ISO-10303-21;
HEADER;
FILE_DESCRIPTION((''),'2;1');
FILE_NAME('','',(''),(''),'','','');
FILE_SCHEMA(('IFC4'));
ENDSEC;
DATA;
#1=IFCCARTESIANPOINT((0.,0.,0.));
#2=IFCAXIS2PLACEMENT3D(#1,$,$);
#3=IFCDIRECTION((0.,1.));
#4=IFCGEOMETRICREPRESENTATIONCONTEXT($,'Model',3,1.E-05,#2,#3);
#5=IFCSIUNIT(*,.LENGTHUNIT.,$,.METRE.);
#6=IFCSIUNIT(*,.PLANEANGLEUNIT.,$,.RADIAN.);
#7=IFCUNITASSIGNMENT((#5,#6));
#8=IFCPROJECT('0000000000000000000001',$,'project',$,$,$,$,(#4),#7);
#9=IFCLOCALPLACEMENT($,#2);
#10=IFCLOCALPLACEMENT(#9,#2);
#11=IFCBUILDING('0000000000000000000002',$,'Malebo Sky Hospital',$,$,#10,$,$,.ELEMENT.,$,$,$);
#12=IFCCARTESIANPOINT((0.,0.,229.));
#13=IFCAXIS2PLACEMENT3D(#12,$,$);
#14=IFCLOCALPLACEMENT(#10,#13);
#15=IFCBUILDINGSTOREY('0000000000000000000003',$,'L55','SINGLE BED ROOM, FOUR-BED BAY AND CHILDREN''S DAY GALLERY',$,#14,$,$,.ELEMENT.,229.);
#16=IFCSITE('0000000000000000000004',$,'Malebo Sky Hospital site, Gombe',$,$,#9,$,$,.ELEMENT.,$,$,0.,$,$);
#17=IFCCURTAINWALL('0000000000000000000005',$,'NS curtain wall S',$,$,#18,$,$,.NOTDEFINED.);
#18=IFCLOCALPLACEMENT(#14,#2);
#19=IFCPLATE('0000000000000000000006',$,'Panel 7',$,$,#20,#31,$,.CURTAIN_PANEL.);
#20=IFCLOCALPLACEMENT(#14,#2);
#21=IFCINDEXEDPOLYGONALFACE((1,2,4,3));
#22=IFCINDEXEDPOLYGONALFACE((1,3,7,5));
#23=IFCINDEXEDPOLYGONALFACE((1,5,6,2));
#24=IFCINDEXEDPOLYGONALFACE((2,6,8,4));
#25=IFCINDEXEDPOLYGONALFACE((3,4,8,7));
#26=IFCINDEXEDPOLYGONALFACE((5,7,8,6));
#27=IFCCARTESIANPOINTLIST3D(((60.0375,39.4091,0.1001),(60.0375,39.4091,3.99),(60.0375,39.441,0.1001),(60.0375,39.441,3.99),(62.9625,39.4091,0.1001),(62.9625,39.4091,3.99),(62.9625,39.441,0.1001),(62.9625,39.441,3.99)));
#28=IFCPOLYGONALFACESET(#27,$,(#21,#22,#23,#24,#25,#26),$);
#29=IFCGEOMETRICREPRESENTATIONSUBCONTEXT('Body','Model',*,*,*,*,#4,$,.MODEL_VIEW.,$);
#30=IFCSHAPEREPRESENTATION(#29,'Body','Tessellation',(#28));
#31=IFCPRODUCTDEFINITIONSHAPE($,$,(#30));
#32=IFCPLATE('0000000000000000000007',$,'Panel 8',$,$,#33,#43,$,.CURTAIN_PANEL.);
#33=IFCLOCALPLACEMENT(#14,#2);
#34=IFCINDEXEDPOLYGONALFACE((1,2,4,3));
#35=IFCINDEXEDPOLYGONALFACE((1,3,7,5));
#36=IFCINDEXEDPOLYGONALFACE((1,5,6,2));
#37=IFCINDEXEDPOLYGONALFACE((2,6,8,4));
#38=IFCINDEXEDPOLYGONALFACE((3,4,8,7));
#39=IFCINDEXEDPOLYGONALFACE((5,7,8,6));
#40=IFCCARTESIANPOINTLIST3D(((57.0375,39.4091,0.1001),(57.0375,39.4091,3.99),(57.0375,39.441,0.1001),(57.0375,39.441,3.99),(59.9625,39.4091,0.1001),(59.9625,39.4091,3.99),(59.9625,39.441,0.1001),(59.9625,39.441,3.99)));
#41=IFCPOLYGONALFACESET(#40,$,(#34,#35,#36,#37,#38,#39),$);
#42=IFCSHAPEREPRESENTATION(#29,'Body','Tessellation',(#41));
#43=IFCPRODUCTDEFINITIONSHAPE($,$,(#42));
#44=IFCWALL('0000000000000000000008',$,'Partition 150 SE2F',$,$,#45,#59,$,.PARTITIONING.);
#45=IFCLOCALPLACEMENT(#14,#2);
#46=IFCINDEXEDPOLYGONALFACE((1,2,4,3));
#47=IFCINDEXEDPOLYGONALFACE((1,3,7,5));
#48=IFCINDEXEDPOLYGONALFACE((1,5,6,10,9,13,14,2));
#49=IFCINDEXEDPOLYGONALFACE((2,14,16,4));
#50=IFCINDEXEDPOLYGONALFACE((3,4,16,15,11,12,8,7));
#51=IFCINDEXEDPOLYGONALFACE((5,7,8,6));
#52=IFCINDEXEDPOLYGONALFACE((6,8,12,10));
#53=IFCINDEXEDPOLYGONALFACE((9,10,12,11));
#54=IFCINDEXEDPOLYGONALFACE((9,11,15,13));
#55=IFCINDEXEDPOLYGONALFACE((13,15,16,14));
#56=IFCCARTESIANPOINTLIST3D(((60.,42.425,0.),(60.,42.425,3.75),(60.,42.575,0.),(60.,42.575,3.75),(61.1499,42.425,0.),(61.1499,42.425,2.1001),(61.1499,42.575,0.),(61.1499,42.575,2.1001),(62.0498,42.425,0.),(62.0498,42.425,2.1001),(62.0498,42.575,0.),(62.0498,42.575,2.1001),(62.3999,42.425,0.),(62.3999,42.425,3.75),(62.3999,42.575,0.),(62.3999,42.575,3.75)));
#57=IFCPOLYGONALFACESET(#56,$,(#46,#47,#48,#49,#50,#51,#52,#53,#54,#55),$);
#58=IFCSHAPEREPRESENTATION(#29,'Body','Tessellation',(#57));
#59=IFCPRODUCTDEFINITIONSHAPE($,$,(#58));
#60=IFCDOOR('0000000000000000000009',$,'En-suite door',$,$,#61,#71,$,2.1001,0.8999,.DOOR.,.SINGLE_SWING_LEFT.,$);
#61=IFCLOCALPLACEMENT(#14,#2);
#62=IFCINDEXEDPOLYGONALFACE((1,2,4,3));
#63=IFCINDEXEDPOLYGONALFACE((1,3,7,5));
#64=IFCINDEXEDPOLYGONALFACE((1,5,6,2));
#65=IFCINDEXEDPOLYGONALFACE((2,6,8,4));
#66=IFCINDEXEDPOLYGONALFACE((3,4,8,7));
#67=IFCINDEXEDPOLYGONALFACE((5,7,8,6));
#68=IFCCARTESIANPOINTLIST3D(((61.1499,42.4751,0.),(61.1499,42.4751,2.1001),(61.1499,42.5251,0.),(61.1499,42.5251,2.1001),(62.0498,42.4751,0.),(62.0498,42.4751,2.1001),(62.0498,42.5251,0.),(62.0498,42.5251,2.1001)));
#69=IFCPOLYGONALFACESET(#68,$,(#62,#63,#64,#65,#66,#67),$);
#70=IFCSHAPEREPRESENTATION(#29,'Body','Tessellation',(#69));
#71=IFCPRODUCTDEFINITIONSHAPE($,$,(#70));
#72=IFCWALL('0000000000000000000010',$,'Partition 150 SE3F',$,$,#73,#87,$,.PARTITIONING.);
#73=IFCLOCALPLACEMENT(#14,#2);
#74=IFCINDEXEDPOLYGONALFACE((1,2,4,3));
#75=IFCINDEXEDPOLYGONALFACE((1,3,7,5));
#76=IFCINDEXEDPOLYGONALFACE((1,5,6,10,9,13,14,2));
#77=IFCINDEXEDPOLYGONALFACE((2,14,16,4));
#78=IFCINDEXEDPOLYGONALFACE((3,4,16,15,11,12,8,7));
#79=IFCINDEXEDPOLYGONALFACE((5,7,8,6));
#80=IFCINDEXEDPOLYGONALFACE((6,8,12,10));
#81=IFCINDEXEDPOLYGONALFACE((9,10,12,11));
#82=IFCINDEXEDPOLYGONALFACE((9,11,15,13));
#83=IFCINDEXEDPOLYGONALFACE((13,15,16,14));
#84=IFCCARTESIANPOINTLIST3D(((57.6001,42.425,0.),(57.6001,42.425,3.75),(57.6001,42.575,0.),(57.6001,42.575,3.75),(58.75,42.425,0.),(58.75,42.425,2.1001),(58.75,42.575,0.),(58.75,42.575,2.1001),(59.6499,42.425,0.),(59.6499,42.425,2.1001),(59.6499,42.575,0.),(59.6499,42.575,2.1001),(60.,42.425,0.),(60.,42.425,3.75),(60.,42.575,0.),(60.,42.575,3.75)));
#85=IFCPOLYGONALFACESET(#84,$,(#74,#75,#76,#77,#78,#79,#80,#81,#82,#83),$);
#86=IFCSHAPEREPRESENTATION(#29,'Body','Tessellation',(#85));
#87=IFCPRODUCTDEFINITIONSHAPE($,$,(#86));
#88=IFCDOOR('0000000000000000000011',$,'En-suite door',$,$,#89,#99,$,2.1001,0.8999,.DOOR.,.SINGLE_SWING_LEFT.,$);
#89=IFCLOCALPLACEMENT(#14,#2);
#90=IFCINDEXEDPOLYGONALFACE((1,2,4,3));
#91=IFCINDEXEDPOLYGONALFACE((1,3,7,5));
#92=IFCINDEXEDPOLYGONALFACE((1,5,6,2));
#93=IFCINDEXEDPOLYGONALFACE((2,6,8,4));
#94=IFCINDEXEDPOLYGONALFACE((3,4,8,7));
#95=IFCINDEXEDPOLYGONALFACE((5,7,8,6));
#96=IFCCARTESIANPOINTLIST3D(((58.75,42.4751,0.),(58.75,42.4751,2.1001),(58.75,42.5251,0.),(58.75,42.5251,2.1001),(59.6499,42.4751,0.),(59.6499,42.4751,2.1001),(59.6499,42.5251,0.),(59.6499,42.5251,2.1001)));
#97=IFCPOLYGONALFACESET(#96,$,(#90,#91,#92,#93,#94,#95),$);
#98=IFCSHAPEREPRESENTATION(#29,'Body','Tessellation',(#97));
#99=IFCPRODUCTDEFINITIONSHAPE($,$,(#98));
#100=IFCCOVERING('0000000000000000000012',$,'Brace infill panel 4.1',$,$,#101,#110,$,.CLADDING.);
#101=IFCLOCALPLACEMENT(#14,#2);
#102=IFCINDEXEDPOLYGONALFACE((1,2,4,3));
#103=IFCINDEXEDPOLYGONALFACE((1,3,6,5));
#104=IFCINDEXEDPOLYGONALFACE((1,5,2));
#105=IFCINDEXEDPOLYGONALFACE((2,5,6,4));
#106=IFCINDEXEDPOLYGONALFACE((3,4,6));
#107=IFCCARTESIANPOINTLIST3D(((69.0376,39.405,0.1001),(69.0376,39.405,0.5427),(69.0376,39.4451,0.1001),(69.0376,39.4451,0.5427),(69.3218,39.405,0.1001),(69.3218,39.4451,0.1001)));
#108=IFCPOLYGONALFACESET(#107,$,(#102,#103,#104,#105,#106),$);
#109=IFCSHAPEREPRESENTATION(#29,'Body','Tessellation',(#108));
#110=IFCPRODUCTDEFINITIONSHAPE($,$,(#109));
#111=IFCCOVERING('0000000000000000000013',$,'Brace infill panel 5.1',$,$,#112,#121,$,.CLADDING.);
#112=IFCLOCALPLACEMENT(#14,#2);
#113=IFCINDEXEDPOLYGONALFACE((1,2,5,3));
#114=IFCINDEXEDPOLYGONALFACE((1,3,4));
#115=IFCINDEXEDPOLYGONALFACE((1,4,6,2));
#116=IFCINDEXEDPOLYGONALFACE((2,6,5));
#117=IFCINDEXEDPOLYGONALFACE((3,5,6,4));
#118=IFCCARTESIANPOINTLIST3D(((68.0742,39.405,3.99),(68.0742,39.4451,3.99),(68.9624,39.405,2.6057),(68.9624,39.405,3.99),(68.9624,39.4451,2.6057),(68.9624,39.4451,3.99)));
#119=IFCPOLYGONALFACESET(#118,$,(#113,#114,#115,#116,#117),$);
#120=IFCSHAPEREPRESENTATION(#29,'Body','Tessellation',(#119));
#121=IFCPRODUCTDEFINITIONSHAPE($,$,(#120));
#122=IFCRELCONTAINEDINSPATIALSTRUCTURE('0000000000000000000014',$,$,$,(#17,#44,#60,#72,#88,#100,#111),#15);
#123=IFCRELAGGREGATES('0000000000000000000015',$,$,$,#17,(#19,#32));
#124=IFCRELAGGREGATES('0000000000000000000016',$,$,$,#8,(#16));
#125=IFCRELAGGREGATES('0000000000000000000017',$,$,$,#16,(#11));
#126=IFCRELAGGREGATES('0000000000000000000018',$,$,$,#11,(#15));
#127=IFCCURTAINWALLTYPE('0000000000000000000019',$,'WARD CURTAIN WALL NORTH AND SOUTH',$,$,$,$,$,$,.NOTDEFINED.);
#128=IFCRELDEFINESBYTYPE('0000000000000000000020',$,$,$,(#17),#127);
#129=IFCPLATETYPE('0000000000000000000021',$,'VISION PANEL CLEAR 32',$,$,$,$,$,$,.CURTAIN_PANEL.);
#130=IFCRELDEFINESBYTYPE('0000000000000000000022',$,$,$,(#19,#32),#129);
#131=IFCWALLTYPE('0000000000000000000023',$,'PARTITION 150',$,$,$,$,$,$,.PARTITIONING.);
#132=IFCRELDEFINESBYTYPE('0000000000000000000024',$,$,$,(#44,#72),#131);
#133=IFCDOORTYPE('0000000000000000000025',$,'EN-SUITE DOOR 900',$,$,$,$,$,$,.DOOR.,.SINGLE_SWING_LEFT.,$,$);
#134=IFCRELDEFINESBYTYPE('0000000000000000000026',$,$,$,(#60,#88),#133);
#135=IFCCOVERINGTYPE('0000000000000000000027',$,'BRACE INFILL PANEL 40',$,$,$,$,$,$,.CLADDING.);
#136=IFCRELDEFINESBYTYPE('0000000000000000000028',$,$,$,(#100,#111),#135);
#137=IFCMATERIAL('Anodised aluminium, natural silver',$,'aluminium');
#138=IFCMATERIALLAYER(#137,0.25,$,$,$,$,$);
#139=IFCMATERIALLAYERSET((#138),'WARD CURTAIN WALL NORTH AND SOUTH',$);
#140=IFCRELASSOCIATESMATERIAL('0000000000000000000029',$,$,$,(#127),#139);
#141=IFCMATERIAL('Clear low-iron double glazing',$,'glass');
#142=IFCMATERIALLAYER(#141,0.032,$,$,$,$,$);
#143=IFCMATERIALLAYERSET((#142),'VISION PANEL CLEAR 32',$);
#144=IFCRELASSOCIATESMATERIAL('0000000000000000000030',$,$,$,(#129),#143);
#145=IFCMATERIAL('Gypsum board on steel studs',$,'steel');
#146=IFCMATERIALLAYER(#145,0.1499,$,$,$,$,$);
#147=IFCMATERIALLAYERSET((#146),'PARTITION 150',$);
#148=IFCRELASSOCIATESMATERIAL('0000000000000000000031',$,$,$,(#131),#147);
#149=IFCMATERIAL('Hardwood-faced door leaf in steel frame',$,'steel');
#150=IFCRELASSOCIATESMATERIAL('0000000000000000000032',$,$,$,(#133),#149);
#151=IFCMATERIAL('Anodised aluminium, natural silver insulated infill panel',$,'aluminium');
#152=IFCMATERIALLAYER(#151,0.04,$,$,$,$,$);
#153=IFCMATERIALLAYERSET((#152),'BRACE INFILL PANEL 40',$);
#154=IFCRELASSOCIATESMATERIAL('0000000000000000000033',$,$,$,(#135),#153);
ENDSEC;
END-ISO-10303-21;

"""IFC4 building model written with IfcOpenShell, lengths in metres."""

from ifc_helpers import new_model, si_unit, direction, frame, frame_2d, origin, origin_2d, place, context, subcontext, project, spatial, polyline, rectangle, outline, extrude, material, layer, layer_set, type_object, element, fill, aggregate, save


model = new_model("IFC4")

# Units and contexts
model_context = context("Model", 3, precision=1e-05, world=origin(), true_north=direction((0.0, 1.0)))
body_context = subcontext(model_context, "Body", "Model", "MODEL_VIEW")
ifc_project = project(units=[si_unit("LENGTHUNIT", "METRE"), si_unit("PLANEANGLEUNIT", "RADIAN")], contexts=[model_context])

# Site, building, storey
site_placement = place(None, origin())
site = spatial("IfcSite", under=ifc_project, at=site_placement, Name="Malebo Sky Hospital site, Gombe", CompositionType="ELEMENT", RefElevation=0.0)
building_placement = place(site_placement, origin())
building = spatial("IfcBuilding", under=site, at=building_placement, Name="Malebo Sky Hospital", CompositionType="ELEMENT")
storey_placement = place(building_placement, frame((0.0, 0.0, 229.0)))
storey = spatial("IfcBuildingStorey", under=building, at=storey_placement, Name="L55", Description="SINGLE BED ROOM, FOUR-BED BAY AND CHILDREN'S DAY GALLERY", CompositionType="ELEMENT", Elevation=229.0)

# Curtain wall
ifc_material_1 = material(Name="Anodised aluminium, natural silver", Category="aluminium")
ifc_layer_1 = layer(ifc_material_1, 0.25)
ifc_layer_set_1 = layer_set([ifc_layer_1], Name="WARD CURTAIN WALL NORTH AND SOUTH")
curtain_wall_type = type_object("IfcCurtainWallType", Name="WARD CURTAIN WALL NORTH AND SOUTH", PredefinedType="NOTDEFINED", material=ifc_layer_set_1)
curtain_wall_placement = place(storey_placement, origin())
curtain_wall = element("IfcCurtainWall", 1, at=curtain_wall_placement, inside=storey, type_object=curtain_wall_type, Name="NS curtain wall S", PredefinedType="NOTDEFINED")

# Plates
ifc_material_2 = material(Name="Clear low-iron double glazing", Category="glass")
ifc_layer_2 = layer(ifc_material_2, 0.032)
ifc_layer_set_2 = layer_set([ifc_layer_2], Name="VISION PANEL CLEAR 32")
plate_type = type_object("IfcPlateType", Name="VISION PANEL CLEAR 32", PredefinedType="CURTAIN_PANEL", material=ifc_layer_set_2)
plate_1_placement = place(storey_placement, frame((61.5, 39.425, 0.1001), z_axis=(0.0, 0.0, 1.0), x_axis=(-1.0, 0.0, 0.0)))
plate_1 = element("IfcPlate", 2, at=plate_1_placement, type_object=plate_type, Name="Panel 7", PredefinedType="CURTAIN_PANEL", context=body_context, shape_type="SweptSolid", body=[
    extrude(rectangle(XDim=2.925, YDim=0.032, at=origin_2d()), origin(), (0.0, 0.0, 1.0), 3.8899),
])
plate_2_placement = place(storey_placement, frame((58.5, 39.425, 0.1001), z_axis=(0.0, 0.0, 1.0), x_axis=(-1.0, 0.0, 0.0)))
plate_2 = element("IfcPlate", 3, at=plate_2_placement, type_object=plate_type, Name="Panel 8", PredefinedType="CURTAIN_PANEL", context=body_context, shape_type="SweptSolid", body=[
    extrude(rectangle(XDim=2.925, YDim=0.032, at=origin_2d()), origin(), (0.0, 0.0, 1.0), 3.8899),
])
aggregate(curtain_wall, [plate_1, plate_2])

# Walls, openings, doors
ifc_material_3 = material(Name="Gypsum board on steel studs", Category="steel")
ifc_layer_3 = layer(ifc_material_3, 0.1499)
ifc_layer_set_3 = layer_set([ifc_layer_3], Name="PARTITION 150")
wall_type = type_object("IfcWallType", Name="PARTITION 150", PredefinedType="PARTITIONING", material=ifc_layer_set_3)
wall_1_placement = place(storey_placement, frame((62.3999, 42.5, 0.0), z_axis=(0.0, 0.0, 1.0), x_axis=(-1.0, 0.0, 0.0)))
wall_1 = element("IfcWall", 4, at=wall_1_placement, inside=storey, type_object=wall_type, Name="Partition 150 SE2F", PredefinedType="PARTITIONING", context=body_context, shape_type="SweptSolid", body=[
    extrude(rectangle(XDim=2.3999, YDim=0.1499, at=frame_2d((1.2, 0.0))), origin(), (0.0, 0.0, 1.0), 3.75),
])
opening_1_placement = place(wall_1_placement, frame((0.3501, 0.0, 0.0)))
opening_1 = element("IfcOpeningElement", 5, at=opening_1_placement, cuts=wall_1, PredefinedType="OPENING", context=body_context, shape_type="SweptSolid", body=[
    extrude(rectangle(XDim=0.8999, YDim=2.1001, at=frame_2d((0.45, 1.05))), frame((0.0, 0.085, 0.0), z_axis=(0.0, -1.0, 0.0), x_axis=(1.0, 0.0, 0.0)), (0.0, 0.0, 1.0), 0.1699),
])
ifc_material_4 = material(Name="Hardwood-faced door leaf in steel frame", Category="steel")
door_type = type_object("IfcDoorType", Name="EN-SUITE DOOR 900", OperationType="SINGLE_SWING_LEFT", PredefinedType="DOOR", material=ifc_material_4)
door_1_placement = place(opening_1_placement, origin())
door_1 = element("IfcDoor", 6, at=door_1_placement, inside=storey, type_object=door_type, Name="En-suite door", OperationType="SINGLE_SWING_LEFT", OverallHeight=2.1001, OverallWidth=0.8999, PredefinedType="DOOR", context=body_context, shape_type="SweptSolid", body=[
    extrude(rectangle(XDim=0.8999, YDim=2.1001, at=frame_2d((0.45, 1.05))), frame((0.0, 0.0249, 0.0), z_axis=(0.0, -1.0, 0.0), x_axis=(1.0, 0.0, 0.0)), (0.0, 0.0, 1.0), 0.05),
])
fill(opening_1, door_1)
wall_2_placement = place(storey_placement, frame((60.0, 42.5, 0.0), z_axis=(0.0, 0.0, 1.0), x_axis=(-1.0, 0.0, 0.0)))
wall_2 = element("IfcWall", 7, at=wall_2_placement, inside=storey, type_object=wall_type, Name="Partition 150 SE3F", PredefinedType="PARTITIONING", context=body_context, shape_type="SweptSolid", body=[
    extrude(rectangle(XDim=2.3999, YDim=0.1499, at=frame_2d((1.2, 0.0))), origin(), (0.0, 0.0, 1.0), 3.75),
])
opening_2_placement = place(wall_2_placement, frame((0.3501, 0.0, 0.0)))
opening_2 = element("IfcOpeningElement", 8, at=opening_2_placement, cuts=wall_2, PredefinedType="OPENING", context=body_context, shape_type="SweptSolid", body=[
    extrude(rectangle(XDim=0.8999, YDim=2.1001, at=frame_2d((0.45, 1.05))), frame((0.0, 0.085, 0.0), z_axis=(0.0, -1.0, 0.0), x_axis=(1.0, 0.0, 0.0)), (0.0, 0.0, 1.0), 0.1699),
])
door_2_placement = place(opening_2_placement, origin())
door_2 = element("IfcDoor", 9, at=door_2_placement, inside=storey, type_object=door_type, Name="En-suite door", OperationType="SINGLE_SWING_LEFT", OverallHeight=2.1001, OverallWidth=0.8999, PredefinedType="DOOR", context=body_context, shape_type="SweptSolid", body=[
    extrude(rectangle(XDim=0.8999, YDim=2.1001, at=frame_2d((0.45, 1.05))), frame((0.0, 0.0249, 0.0), z_axis=(0.0, -1.0, 0.0), x_axis=(1.0, 0.0, 0.0)), (0.0, 0.0, 1.0), 0.05),
])
fill(opening_2, door_2)

# Coverings
ifc_material_5 = material(Name="Anodised aluminium, natural silver insulated infill panel", Category="aluminium")
ifc_layer_4 = layer(ifc_material_5, 0.04)
ifc_layer_set_4 = layer_set([ifc_layer_4], Name="BRACE INFILL PANEL 40")
covering_type = type_object("IfcCoveringType", Name="BRACE INFILL PANEL 40", PredefinedType="CLADDING", material=ifc_layer_set_4)
covering_1_placement = place(storey_placement, frame((69.1797, 39.425, 0.1001), z_axis=(0.0, 0.0, 1.0), x_axis=(-1.0, 0.0, 0.0)))
element("IfcCovering", 10, at=covering_1_placement, inside=storey, type_object=covering_type, Name="Brace infill panel 4.1", PredefinedType="CLADDING", context=body_context, shape_type="SweptSolid", body=[
    extrude(outline(polyline([(-0.1421, 0.0), (0.1421, 0.0), (0.1421, 0.4426), (-0.1421, 0.0)])), frame((0.0, 0.02, 0.0), z_axis=(0.0, -1.0, 0.0), x_axis=(1.0, 0.0, 0.0)), (0.0, 0.0, 1.0), 0.04),
])
covering_2_placement = place(storey_placement, frame((68.5183, 39.425, 2.6057), z_axis=(0.0, 0.0, 1.0), x_axis=(-1.0, 0.0, 0.0)))
element("IfcCovering", 11, at=covering_2_placement, inside=storey, type_object=covering_type, Name="Brace infill panel 5.1", PredefinedType="CLADDING", context=body_context, shape_type="SweptSolid", body=[
    extrude(outline(polyline([(-0.4441, 0.0), (0.4441, 1.3843), (-0.4441, 1.3843), (-0.4441, 0.0)])), frame((0.0, 0.02, 0.0), z_axis=(0.0, -1.0, 0.0), x_axis=(1.0, 0.0, 0.0)), (0.0, 0.0, 1.0), 0.04),
])

save(model, "model.ifc")
